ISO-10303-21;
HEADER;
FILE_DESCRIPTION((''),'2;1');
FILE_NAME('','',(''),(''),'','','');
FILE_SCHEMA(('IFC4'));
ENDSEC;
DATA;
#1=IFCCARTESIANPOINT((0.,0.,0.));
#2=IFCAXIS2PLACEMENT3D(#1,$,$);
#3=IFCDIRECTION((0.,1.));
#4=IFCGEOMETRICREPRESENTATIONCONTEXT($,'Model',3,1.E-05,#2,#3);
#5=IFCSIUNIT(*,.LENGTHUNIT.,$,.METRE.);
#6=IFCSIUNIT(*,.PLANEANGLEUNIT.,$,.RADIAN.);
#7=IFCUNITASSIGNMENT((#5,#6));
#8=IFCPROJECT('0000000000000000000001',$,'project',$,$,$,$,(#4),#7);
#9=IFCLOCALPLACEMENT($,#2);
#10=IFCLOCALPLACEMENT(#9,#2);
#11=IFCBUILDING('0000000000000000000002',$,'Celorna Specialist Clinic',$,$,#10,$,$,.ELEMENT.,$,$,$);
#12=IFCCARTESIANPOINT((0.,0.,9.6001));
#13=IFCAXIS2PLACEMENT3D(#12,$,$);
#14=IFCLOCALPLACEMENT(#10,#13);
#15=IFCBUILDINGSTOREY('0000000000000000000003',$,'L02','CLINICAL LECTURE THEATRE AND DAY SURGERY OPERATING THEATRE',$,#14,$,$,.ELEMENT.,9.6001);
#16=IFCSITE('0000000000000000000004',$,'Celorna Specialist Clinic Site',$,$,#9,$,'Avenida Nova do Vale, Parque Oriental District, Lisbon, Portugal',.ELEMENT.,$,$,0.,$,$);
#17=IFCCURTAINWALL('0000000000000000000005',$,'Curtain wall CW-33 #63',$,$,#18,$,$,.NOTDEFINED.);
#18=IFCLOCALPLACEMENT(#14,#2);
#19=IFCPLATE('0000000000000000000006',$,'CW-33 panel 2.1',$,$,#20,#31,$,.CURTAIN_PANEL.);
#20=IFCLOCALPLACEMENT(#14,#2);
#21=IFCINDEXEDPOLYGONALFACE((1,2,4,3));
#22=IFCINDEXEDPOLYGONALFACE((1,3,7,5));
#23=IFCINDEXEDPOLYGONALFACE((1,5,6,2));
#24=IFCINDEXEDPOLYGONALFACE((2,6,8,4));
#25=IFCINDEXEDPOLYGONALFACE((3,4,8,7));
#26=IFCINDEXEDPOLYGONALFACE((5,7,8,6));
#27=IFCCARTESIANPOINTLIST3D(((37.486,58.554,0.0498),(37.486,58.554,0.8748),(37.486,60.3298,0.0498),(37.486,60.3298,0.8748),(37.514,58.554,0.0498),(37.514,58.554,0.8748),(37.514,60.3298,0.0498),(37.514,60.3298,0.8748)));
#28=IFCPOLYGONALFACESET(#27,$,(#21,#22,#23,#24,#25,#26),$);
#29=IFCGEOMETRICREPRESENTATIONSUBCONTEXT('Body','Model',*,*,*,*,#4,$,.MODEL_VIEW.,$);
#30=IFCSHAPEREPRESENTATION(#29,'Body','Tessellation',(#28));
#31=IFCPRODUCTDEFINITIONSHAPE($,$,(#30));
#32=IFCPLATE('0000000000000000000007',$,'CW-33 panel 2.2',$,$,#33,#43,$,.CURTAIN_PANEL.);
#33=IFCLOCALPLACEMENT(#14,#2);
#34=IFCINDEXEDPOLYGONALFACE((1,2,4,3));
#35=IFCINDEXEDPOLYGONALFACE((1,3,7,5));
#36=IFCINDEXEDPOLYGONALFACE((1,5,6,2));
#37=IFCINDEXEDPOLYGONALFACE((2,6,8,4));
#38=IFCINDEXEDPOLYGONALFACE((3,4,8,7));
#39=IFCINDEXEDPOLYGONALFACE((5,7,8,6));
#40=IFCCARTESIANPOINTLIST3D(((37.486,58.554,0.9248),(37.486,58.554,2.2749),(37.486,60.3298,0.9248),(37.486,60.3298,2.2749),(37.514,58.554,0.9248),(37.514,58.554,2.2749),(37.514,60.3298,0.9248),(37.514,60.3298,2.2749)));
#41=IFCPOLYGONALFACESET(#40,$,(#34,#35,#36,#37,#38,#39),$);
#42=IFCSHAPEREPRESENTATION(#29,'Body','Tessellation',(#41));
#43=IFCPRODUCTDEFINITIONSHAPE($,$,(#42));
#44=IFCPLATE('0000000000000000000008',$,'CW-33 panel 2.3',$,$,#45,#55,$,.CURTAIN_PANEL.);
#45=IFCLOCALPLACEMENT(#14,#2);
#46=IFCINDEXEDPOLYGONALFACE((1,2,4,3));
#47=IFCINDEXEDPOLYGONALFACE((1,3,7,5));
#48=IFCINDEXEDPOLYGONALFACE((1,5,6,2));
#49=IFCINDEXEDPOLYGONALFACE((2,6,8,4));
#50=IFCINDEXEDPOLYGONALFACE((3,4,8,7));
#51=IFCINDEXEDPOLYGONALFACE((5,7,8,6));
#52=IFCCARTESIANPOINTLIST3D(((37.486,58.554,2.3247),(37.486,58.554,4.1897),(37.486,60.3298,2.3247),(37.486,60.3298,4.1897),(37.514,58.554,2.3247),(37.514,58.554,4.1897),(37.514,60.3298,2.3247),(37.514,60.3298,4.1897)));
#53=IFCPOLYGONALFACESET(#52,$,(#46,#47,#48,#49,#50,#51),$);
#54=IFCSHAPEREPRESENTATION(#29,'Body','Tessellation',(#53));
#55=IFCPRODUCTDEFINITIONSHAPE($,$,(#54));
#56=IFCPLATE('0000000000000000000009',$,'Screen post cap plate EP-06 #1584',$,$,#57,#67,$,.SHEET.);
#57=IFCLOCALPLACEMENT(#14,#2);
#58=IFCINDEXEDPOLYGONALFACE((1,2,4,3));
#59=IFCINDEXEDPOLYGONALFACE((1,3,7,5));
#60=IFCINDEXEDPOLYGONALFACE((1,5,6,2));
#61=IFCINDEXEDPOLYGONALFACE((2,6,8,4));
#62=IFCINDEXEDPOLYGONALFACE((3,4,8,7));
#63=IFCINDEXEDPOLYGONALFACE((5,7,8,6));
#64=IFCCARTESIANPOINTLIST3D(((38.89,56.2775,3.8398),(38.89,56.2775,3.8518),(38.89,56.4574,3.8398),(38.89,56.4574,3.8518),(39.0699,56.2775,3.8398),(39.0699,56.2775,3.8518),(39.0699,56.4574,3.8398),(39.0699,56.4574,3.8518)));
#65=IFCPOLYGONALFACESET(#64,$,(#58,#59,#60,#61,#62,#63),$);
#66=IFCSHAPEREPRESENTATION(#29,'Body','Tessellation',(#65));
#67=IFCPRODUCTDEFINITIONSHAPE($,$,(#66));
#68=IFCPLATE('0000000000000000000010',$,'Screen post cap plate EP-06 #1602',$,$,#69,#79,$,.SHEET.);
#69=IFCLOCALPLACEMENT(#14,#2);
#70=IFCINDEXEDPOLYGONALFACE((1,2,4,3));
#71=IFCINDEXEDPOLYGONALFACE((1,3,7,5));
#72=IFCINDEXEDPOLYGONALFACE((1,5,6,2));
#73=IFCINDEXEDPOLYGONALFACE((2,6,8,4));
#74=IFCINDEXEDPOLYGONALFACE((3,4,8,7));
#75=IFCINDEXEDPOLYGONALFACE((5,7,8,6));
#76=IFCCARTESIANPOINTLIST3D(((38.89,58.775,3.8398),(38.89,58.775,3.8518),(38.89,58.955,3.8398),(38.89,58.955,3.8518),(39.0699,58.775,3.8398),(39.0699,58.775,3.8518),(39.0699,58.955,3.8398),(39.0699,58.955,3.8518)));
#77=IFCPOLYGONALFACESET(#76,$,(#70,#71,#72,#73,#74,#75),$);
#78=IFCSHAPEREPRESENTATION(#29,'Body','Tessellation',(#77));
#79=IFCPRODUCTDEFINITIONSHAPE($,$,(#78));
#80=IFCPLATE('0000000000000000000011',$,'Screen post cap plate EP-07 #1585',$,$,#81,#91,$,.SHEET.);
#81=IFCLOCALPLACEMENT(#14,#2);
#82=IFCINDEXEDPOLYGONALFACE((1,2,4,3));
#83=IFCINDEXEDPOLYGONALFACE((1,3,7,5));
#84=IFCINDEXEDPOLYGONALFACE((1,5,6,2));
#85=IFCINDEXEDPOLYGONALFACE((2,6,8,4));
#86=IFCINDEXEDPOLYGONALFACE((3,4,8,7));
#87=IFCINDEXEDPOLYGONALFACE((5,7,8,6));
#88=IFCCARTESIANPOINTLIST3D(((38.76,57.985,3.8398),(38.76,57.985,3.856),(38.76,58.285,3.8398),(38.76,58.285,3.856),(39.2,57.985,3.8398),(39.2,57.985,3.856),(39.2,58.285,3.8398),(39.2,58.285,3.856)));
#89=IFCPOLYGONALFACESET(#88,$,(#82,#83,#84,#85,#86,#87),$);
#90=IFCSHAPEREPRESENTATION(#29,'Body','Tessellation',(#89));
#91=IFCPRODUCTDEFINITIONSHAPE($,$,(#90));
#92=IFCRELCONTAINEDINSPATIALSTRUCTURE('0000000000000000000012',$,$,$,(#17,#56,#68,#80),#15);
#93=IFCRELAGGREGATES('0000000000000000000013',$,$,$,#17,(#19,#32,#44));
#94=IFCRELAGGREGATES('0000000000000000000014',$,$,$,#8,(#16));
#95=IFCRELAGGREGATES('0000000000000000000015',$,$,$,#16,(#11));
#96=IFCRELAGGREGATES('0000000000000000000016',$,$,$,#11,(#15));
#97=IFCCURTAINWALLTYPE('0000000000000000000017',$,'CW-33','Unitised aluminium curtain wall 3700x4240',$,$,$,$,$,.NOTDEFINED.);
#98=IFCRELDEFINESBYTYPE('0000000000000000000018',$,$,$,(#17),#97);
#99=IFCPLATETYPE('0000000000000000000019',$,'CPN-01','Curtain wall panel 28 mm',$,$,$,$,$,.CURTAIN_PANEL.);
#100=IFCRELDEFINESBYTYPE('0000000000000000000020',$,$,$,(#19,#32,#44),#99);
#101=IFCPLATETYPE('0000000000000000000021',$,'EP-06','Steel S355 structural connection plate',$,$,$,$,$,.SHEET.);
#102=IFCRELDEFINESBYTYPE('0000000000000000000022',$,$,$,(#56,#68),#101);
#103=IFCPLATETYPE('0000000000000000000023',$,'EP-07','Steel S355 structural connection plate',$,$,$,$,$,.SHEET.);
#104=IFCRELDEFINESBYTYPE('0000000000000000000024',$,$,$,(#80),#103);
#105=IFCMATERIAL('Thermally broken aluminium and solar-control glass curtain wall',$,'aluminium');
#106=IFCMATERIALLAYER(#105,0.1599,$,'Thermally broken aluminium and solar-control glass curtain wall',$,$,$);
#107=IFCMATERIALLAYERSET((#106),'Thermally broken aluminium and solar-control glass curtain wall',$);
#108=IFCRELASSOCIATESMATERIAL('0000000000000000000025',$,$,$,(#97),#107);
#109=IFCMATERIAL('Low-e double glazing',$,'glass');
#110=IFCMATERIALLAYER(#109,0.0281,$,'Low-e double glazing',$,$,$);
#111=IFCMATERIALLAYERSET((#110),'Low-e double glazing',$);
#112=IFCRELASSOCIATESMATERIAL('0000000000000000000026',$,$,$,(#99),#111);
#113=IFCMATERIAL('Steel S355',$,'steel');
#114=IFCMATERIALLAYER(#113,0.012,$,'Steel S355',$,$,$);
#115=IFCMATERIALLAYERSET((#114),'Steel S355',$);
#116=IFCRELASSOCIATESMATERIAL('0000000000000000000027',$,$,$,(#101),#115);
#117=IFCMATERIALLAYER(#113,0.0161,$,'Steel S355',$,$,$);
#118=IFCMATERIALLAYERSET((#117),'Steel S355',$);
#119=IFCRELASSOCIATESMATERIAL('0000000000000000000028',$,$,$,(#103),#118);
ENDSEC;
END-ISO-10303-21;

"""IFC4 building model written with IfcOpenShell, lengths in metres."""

from ifc_helpers import new_model, si_unit, direction, frame, origin, origin_2d, place, context, subcontext, project, spatial, rectangle, extrude, material, layer, layer_set, type_object, element, aggregate, save


model = new_model("IFC4")

# Units and contexts
model_context = context("Model", 3, precision=1e-05, world=origin(), true_north=direction((0.0, 1.0)))
body_context = subcontext(model_context, "Body", "Model", "MODEL_VIEW")
ifc_project = project(units=[si_unit("LENGTHUNIT", "METRE"), si_unit("PLANEANGLEUNIT", "RADIAN")], contexts=[model_context])

# Site, building, storey
site_placement = place(None, origin())
site = spatial("IfcSite", under=ifc_project, at=site_placement, Name="Celorna Specialist Clinic Site", LongName="Avenida Nova do Vale, Parque Oriental District, Lisbon, Portugal", CompositionType="ELEMENT", RefElevation=0.0)
building_placement = place(site_placement, origin())
building = spatial("IfcBuilding", under=site, at=building_placement, Name="Celorna Specialist Clinic", CompositionType="ELEMENT")
storey_placement = place(building_placement, frame((0.0, 0.0, 9.6001)))
storey = spatial("IfcBuildingStorey", under=building, at=storey_placement, Name="L02", Description="CLINICAL LECTURE THEATRE AND DAY SURGERY OPERATING THEATRE", CompositionType="ELEMENT", Elevation=9.6001)

# Shared definitions
ifc_material_1 = material(Name="Steel S355", Category="steel")

# Curtain wall
ifc_material_2 = material(Name="Thermally broken aluminium and solar-control glass curtain wall", Category="aluminium")
ifc_layer_1 = layer(ifc_material_2, 0.1599, Name="Thermally broken aluminium and solar-control glass curtain wall")
ifc_layer_set_1 = layer_set([ifc_layer_1], Name="Thermally broken aluminium and solar-control glass curtain wall")
curtain_wall_type_1 = type_object("IfcCurtainWallType", Name="CW-33", Description="Unitised aluminium curtain wall 3700x4240", PredefinedType="NOTDEFINED", material=ifc_layer_set_1)
curtain_wall_1_placement = place(storey_placement, origin())
curtain_wall_1 = element("IfcCurtainWall", 1, at=curtain_wall_1_placement, inside=storey, type_object=curtain_wall_type_1, Name="Curtain wall CW-33 #63", PredefinedType="NOTDEFINED")

# Plates
ifc_material_3 = material(Name="Low-e double glazing", Category="glass")
ifc_layer_2 = layer(ifc_material_3, 0.0281, Name="Low-e double glazing")
ifc_layer_set_2 = layer_set([ifc_layer_2], Name="Low-e double glazing")
plate_type_1 = type_object("IfcPlateType", Name="CPN-01", Description="Curtain wall panel 28 mm", PredefinedType="CURTAIN_PANEL", material=ifc_layer_set_2)
plate_1_placement = place(storey_placement, frame((37.5, 59.4419, 0.0498), z_axis=(0.0, 0.0, 1.0), x_axis=(0.0, -1.0, 0.0)))
plate_1 = element("IfcPlate", 2, at=plate_1_placement, type_object=plate_type_1, Name="CW-33 panel 2.1", PredefinedType="CURTAIN_PANEL", context=body_context, shape_type="SweptSolid", body=[
    extrude(rectangle(XDim=1.7759, YDim=0.0281, at=origin_2d()), origin(), (0.0, 0.0, 1.0), 0.825),
])
plate_2_placement = place(storey_placement, frame((37.5, 59.4419, 0.9248), z_axis=(0.0, 0.0, 1.0), x_axis=(0.0, -1.0, 0.0)))
plate_2 = element("IfcPlate", 3, at=plate_2_placement, type_object=plate_type_1, Name="CW-33 panel 2.2", PredefinedType="CURTAIN_PANEL", context=body_context, shape_type="SweptSolid", body=[
    extrude(rectangle(XDim=1.7759, YDim=0.0281, at=origin_2d()), origin(), (0.0, 0.0, 1.0), 1.3501),
])
plate_3_placement = place(storey_placement, frame((37.5, 59.4419, 2.3247), z_axis=(0.0, 0.0, 1.0), x_axis=(0.0, -1.0, 0.0)))
plate_3 = element("IfcPlate", 4, at=plate_3_placement, type_object=plate_type_1, Name="CW-33 panel 2.3", PredefinedType="CURTAIN_PANEL", context=body_context, shape_type="SweptSolid", body=[
    extrude(rectangle(XDim=1.7759, YDim=0.0281, at=origin_2d()), origin(), (0.0, 0.0, 1.0), 1.865),
])
aggregate(curtain_wall_1, [plate_1, plate_2, plate_3])

# Plates
ifc_layer_3 = layer(ifc_material_1, 0.012, Name="Steel S355")
ifc_layer_set_3 = layer_set([ifc_layer_3], Name="Steel S355")
plate_type_2 = type_object("IfcPlateType", Name="EP-06", Description="Steel S355 structural connection plate", PredefinedType="SHEET", material=ifc_layer_set_3)
for number, where, z_axis, x_axis, name in (
    (5, (38.98, 56.3674, 3.8398), (0.0, 0.0, 1.0), (0.0, 1.0, 0.0), "Screen post cap plate EP-06 #1584"),
    (6, (38.98, 58.865, 3.8398), (0.0, 0.0, 1.0), (0.0, 1.0, 0.0), "Screen post cap plate EP-06 #1602"),
):
    element("IfcPlate", number, at=place(storey_placement, frame(where, z_axis=z_axis, x_axis=x_axis)), inside=storey, type_object=plate_type_2, Name=name, PredefinedType="SHEET", context=body_context, shape_type="SweptSolid", body=[
        extrude(rectangle(XDim=0.1799, YDim=0.1799, at=origin_2d()), origin(), (0.0, 0.0, 1.0), 0.012),
    ])
ifc_layer_4 = layer(ifc_material_1, 0.0161, Name="Steel S355")
ifc_layer_set_4 = layer_set([ifc_layer_4], Name="Steel S355")
plate_type_3 = type_object("IfcPlateType", Name="EP-07", Description="Steel S355 structural connection plate", PredefinedType="SHEET", material=ifc_layer_set_4)
plate_4_placement = place(storey_placement, frame((38.98, 58.135, 3.8398), z_axis=(0.0, 0.0, 1.0), x_axis=(0.0, 1.0, 0.0)))
element("IfcPlate", 7, at=plate_4_placement, inside=storey, type_object=plate_type_3, Name="Screen post cap plate EP-07 #1585", PredefinedType="SHEET", context=body_context, shape_type="SweptSolid", body=[
    extrude(rectangle(XDim=0.3, YDim=0.4399, at=origin_2d()), origin(), (0.0, 0.0, 1.0), 0.0161),
])

save(model, "model.ifc")
